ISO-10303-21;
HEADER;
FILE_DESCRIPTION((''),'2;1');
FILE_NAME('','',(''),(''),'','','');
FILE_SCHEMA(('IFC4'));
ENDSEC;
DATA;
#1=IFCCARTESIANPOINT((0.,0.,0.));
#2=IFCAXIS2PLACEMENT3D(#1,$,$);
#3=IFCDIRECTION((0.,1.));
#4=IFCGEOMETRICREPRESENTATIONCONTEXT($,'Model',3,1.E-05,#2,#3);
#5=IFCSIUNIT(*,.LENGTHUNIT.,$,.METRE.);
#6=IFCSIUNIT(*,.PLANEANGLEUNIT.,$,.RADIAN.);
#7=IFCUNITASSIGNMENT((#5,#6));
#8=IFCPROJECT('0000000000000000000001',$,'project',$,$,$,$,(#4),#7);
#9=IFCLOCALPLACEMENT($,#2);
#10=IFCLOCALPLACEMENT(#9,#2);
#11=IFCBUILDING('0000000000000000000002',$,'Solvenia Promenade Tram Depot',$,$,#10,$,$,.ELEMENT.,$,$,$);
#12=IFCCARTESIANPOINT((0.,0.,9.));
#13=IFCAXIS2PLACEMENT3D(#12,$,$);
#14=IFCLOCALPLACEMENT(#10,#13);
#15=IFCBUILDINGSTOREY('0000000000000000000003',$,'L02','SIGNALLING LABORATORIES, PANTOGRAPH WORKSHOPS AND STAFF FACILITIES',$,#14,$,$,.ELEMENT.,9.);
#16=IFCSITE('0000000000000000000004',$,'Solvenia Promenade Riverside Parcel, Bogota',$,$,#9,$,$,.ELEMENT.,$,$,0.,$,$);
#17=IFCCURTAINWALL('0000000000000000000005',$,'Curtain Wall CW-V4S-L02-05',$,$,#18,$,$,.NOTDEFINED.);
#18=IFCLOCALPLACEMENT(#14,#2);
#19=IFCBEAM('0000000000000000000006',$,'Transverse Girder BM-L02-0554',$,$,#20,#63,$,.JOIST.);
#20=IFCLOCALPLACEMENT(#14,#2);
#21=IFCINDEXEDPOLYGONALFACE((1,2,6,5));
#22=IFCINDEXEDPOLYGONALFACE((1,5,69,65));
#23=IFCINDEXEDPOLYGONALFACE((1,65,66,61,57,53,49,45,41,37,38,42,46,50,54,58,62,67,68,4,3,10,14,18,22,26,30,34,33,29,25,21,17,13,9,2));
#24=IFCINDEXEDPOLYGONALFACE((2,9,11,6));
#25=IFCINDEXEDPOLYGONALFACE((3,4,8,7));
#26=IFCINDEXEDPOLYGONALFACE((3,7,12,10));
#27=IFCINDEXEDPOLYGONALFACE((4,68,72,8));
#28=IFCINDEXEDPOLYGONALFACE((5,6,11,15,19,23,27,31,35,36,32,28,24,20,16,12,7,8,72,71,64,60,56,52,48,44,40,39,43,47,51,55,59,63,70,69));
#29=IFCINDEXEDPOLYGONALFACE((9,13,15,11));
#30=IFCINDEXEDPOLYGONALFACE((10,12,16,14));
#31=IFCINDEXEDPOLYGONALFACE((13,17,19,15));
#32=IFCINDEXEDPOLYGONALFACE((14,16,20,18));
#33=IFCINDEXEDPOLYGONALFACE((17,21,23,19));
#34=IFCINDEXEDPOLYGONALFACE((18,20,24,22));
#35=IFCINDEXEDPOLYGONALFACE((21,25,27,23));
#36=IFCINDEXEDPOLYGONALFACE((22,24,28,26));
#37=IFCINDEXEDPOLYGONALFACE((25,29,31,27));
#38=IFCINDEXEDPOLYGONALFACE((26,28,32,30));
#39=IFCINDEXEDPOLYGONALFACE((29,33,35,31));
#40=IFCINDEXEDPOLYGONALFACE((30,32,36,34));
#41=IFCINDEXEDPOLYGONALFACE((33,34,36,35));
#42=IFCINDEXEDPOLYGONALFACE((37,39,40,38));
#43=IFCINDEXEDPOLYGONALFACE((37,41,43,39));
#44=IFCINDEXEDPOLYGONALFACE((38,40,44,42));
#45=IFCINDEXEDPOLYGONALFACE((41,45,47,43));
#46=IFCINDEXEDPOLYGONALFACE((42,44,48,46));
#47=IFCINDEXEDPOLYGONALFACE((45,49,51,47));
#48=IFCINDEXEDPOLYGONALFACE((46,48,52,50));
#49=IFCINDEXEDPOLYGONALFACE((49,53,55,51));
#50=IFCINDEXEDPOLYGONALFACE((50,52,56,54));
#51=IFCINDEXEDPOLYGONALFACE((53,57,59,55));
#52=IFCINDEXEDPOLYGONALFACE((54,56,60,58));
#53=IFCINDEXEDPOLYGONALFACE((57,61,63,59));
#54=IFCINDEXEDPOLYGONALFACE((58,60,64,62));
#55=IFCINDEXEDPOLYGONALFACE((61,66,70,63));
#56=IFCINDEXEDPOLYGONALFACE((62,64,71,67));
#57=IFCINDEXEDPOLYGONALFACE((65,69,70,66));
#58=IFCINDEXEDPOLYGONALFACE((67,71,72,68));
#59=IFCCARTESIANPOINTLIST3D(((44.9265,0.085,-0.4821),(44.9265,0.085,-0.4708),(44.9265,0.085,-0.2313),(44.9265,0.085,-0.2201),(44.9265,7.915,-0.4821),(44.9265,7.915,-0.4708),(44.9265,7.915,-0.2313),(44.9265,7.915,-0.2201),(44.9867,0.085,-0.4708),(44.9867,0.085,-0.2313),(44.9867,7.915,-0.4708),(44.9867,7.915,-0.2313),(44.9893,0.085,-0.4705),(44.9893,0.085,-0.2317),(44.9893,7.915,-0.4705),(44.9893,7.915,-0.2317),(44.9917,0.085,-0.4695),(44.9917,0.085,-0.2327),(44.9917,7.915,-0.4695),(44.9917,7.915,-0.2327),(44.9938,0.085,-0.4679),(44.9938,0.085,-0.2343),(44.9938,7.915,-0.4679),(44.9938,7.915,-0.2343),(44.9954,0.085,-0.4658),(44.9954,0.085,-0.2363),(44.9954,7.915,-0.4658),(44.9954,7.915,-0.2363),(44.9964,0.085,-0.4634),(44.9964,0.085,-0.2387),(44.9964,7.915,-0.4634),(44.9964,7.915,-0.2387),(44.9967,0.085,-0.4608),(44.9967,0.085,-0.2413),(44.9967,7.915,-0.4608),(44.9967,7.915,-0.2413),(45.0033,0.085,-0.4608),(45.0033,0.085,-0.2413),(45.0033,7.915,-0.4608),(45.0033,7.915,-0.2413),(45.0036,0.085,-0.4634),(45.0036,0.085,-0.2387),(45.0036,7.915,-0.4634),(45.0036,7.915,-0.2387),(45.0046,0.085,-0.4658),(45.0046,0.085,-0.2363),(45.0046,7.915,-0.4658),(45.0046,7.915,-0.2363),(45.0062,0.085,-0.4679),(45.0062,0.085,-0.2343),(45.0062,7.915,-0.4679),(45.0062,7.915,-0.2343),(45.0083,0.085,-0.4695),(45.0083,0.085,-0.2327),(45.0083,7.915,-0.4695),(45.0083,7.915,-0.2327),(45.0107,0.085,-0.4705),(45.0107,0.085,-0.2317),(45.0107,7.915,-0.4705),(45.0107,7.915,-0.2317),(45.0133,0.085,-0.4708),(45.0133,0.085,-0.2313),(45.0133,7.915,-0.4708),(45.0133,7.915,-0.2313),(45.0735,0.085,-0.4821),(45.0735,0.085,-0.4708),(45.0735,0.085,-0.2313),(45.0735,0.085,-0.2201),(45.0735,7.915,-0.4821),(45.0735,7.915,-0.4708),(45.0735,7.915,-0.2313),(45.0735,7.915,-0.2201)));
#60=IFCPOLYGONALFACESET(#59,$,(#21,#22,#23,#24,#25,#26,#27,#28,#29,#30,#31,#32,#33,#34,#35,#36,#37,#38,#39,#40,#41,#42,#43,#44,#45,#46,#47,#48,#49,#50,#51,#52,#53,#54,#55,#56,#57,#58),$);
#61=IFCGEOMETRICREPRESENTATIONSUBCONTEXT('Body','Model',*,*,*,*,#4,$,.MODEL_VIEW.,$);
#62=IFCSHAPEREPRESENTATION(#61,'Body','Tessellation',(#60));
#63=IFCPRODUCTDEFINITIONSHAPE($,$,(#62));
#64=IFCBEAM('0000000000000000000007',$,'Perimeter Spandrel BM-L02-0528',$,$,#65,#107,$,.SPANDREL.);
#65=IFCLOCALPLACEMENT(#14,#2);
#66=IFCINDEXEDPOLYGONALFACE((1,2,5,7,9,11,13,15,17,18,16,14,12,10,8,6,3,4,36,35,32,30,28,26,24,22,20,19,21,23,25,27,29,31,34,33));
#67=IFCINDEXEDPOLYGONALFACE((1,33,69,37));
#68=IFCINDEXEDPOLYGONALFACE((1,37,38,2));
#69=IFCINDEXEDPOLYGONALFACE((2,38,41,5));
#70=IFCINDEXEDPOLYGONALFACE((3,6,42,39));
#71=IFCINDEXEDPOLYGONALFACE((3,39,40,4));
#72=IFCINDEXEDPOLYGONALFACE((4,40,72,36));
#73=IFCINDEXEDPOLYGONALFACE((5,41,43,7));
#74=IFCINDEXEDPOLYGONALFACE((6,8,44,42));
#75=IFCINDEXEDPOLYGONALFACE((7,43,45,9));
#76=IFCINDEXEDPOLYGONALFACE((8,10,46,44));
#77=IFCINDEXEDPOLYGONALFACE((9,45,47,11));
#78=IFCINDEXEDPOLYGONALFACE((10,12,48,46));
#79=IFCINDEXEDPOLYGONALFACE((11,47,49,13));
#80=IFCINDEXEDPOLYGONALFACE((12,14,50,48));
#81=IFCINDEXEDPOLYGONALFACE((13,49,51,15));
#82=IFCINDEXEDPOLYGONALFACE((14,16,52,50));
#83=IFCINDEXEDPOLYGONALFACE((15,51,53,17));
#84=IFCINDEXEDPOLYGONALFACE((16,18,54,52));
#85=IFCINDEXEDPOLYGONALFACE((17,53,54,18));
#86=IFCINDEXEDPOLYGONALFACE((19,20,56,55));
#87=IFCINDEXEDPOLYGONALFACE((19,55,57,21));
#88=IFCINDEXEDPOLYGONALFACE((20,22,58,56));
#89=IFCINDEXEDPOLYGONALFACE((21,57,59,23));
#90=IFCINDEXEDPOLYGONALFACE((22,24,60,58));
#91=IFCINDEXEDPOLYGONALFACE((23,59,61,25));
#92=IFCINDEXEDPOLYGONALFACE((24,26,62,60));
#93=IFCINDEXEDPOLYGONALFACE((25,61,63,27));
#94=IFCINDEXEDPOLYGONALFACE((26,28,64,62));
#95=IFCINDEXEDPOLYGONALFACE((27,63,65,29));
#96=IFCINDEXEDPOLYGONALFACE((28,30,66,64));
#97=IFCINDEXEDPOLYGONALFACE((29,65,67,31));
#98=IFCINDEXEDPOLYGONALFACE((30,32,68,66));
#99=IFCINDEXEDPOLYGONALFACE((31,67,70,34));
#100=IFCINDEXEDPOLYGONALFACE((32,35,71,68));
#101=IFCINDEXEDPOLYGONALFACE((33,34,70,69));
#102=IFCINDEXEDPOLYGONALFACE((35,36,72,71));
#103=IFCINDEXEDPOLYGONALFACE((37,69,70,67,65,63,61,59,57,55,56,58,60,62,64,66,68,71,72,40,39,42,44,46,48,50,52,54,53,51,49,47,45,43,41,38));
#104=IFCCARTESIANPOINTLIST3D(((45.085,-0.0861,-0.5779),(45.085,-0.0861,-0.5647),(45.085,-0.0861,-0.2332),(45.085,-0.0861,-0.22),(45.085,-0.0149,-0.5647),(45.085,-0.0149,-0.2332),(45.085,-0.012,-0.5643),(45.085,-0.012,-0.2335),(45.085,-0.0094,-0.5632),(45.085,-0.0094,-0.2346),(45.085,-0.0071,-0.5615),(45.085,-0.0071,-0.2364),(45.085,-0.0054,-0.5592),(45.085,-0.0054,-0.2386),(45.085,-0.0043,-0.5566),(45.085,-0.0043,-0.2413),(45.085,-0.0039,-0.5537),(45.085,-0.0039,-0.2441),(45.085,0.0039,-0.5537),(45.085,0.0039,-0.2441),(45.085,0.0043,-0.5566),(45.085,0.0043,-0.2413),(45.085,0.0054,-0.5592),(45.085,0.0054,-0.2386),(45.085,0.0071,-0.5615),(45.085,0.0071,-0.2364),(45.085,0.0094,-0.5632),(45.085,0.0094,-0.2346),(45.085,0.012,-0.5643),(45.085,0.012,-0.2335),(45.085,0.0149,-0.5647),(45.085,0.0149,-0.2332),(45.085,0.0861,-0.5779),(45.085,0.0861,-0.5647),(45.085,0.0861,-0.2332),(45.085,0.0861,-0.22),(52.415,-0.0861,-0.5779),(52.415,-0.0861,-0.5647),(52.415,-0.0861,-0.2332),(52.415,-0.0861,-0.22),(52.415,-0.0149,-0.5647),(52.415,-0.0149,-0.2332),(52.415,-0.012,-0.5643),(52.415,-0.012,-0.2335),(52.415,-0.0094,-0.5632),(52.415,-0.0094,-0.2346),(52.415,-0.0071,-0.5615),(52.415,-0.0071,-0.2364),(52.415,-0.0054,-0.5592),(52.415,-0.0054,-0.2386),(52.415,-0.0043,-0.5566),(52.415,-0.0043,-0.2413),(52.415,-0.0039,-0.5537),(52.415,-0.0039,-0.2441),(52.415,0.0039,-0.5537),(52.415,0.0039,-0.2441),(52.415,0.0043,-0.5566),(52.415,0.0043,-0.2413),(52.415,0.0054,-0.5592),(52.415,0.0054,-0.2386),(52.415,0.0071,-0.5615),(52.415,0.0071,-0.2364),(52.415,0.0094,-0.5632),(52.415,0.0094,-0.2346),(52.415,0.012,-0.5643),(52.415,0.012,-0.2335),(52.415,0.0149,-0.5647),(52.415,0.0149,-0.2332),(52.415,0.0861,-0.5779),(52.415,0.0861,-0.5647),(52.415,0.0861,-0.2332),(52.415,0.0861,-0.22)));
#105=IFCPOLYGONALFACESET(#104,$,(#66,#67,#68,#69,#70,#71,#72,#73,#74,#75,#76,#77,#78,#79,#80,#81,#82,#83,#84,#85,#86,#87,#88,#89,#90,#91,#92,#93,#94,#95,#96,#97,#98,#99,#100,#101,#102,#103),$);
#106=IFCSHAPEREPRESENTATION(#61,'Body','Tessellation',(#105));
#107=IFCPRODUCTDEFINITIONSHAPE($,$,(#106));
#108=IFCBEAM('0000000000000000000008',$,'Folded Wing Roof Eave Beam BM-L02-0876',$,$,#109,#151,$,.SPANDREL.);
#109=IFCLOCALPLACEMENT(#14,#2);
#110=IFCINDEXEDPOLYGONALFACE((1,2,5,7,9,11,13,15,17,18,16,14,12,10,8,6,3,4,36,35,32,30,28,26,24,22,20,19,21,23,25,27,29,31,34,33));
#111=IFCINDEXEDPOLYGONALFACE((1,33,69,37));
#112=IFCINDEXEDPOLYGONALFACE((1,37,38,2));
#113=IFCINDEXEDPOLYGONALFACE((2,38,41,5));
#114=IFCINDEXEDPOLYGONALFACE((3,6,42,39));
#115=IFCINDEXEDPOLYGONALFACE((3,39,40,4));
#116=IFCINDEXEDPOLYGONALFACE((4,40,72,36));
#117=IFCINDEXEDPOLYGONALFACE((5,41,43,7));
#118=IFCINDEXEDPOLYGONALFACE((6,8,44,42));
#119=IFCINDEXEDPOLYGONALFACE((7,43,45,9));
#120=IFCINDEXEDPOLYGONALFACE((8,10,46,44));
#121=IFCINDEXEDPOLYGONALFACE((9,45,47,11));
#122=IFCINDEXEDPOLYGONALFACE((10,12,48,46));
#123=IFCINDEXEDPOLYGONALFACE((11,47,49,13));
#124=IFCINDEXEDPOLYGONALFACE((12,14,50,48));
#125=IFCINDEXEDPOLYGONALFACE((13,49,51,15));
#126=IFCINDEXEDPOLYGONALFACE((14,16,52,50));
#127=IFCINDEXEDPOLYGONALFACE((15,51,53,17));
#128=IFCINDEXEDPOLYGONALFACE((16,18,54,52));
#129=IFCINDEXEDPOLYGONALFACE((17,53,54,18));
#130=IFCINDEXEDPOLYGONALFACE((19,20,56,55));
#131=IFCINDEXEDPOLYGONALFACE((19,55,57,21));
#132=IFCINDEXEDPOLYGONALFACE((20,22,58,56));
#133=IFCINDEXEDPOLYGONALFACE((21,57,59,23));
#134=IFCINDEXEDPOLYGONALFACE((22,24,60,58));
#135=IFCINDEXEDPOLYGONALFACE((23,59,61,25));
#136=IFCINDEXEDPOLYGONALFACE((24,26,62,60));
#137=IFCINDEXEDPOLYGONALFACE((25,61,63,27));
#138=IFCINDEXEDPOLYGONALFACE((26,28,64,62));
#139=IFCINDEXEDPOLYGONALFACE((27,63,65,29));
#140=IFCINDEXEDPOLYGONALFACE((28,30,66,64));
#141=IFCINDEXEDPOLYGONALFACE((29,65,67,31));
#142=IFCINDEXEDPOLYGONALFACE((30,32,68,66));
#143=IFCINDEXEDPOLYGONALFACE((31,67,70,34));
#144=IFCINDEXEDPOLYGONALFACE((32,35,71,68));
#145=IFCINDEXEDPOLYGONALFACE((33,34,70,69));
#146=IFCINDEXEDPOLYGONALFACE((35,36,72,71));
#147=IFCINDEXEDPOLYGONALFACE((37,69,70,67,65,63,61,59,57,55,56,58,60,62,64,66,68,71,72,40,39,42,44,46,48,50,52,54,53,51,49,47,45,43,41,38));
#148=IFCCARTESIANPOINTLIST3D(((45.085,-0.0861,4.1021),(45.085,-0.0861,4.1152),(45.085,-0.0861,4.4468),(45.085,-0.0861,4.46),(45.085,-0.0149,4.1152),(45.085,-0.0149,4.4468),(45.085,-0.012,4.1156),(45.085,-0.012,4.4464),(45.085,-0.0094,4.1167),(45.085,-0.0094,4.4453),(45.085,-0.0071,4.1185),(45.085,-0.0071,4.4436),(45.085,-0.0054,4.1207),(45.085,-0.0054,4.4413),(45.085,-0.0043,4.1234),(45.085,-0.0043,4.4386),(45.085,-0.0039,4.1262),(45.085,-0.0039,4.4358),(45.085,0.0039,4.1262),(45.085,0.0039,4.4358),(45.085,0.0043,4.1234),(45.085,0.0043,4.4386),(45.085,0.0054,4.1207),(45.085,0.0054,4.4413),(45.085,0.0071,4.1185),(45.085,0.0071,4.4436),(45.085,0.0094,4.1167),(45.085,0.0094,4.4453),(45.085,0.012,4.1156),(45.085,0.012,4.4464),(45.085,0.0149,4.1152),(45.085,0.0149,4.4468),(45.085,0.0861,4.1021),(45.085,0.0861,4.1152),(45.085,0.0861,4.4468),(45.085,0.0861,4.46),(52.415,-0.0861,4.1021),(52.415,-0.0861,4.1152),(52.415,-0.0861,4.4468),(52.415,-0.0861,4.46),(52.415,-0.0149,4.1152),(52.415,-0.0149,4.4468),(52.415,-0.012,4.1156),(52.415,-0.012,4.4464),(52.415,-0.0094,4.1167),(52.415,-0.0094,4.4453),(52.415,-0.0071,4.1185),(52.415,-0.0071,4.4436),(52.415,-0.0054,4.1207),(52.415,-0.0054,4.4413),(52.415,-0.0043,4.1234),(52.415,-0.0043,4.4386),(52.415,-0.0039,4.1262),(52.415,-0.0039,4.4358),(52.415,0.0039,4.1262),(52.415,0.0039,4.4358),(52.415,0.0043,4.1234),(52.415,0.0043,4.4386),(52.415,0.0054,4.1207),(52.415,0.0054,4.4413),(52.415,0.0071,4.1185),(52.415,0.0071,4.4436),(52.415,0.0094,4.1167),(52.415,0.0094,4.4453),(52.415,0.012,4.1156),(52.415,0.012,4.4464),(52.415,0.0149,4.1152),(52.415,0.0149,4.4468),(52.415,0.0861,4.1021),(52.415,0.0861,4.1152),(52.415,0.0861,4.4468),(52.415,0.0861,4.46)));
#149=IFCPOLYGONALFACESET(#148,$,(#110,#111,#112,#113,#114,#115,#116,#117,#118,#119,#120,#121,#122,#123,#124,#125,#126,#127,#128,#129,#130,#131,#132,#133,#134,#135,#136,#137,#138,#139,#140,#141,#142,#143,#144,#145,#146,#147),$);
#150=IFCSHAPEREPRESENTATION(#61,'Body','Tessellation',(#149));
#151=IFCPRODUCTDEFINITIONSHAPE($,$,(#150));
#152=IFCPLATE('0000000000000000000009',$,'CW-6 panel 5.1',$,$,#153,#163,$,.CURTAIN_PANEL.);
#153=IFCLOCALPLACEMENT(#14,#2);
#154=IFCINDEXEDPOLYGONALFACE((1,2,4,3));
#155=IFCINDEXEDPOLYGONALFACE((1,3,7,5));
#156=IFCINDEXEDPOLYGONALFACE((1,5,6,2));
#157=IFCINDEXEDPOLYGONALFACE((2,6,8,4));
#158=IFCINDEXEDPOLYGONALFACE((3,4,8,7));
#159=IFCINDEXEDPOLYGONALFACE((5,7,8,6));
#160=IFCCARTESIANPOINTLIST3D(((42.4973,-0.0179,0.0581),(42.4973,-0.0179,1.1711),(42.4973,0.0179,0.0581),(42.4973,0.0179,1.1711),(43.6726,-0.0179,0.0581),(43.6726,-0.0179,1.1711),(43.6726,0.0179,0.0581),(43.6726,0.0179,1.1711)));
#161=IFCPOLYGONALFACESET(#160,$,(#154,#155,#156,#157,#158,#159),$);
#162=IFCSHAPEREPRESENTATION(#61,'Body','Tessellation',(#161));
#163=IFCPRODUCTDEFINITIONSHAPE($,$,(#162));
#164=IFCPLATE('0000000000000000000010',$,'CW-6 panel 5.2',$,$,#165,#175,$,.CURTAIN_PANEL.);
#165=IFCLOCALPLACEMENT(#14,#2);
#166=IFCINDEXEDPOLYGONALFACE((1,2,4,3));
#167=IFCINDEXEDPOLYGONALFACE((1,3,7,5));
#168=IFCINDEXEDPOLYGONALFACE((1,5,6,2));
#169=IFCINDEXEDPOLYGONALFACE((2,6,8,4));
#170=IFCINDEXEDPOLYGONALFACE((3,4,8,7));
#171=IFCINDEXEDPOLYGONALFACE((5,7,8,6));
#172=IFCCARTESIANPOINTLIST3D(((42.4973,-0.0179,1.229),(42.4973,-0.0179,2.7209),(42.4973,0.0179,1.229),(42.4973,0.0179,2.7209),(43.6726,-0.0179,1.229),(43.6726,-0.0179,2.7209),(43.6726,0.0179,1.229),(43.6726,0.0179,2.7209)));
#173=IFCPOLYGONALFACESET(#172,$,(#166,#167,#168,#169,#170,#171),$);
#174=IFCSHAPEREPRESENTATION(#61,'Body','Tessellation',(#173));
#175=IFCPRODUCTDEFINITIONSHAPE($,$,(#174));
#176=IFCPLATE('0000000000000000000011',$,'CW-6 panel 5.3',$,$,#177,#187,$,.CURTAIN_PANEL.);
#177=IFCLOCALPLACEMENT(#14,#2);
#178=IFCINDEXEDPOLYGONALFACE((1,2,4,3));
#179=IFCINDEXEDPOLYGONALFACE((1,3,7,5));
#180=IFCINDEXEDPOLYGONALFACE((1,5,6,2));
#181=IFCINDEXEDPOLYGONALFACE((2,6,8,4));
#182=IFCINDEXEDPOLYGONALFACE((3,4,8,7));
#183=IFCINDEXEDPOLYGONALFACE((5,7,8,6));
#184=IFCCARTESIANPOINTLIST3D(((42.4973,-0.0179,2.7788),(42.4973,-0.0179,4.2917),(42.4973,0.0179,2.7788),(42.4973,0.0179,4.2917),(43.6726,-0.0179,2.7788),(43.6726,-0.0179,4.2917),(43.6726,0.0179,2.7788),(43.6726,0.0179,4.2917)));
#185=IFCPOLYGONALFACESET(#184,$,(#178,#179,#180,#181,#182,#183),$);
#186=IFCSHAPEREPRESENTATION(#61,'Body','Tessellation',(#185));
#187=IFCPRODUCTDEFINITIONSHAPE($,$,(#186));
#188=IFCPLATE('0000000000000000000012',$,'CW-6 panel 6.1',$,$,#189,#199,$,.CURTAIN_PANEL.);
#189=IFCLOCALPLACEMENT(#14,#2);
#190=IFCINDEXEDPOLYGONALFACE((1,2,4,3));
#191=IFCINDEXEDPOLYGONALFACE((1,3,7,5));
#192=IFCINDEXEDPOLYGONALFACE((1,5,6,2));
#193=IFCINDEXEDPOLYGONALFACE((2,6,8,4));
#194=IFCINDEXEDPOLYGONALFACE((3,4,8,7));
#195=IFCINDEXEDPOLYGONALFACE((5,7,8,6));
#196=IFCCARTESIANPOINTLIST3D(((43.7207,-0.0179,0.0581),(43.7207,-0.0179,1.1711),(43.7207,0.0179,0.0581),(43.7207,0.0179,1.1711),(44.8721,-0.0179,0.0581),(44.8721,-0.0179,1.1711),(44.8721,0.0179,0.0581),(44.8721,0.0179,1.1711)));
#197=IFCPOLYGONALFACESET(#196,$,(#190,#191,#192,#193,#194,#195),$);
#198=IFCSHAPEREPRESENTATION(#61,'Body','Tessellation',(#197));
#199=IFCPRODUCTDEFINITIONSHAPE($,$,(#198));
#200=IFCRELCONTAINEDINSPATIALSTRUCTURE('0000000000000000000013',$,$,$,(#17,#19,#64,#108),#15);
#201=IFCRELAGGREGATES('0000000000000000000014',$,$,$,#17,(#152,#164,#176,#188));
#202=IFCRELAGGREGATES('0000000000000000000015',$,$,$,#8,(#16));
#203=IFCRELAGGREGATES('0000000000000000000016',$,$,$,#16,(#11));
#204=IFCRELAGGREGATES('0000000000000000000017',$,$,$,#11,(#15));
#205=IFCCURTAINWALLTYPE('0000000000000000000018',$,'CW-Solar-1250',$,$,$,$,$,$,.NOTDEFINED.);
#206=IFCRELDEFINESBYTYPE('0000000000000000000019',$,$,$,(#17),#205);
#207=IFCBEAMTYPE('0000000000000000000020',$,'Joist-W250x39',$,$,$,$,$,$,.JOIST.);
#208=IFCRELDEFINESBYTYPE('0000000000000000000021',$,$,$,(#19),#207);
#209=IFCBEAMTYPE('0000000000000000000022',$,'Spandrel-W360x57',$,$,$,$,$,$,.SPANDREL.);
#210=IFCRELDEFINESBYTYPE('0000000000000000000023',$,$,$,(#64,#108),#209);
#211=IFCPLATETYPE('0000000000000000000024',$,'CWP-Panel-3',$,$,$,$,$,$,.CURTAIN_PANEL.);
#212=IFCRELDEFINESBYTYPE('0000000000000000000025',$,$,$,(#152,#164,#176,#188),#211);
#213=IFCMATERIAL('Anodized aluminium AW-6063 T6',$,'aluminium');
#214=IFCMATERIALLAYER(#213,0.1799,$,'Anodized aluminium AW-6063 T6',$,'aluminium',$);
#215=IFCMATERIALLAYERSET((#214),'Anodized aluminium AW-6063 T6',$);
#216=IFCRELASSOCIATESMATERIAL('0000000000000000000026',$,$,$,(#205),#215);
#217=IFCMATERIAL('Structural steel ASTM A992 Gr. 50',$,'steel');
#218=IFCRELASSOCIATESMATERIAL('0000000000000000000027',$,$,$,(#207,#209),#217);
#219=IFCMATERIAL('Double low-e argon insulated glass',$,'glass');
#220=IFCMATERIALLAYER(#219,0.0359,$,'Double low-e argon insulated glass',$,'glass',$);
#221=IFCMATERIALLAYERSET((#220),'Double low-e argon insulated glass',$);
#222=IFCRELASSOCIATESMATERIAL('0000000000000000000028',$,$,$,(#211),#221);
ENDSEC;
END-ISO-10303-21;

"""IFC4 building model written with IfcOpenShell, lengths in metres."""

from ifc_helpers import new_model, si_unit, direction, frame, origin, origin_2d, place, context, subcontext, project, spatial, rectangle, i_section, extrude, material, layer, layer_set, material_profile, profile_set, type_object, element, aggregate, save


model = new_model("IFC4")

# Units and contexts
model_context = context("Model", 3, precision=1e-05, world=origin(), true_north=direction((0.0, 1.0)))
body_context = subcontext(model_context, "Body", "Model", "MODEL_VIEW")
ifc_project = project(units=[si_unit("LENGTHUNIT", "METRE"), si_unit("PLANEANGLEUNIT", "RADIAN")], contexts=[model_context])

# Site, building, storey
site_placement = place(None, origin())
site = spatial("IfcSite", under=ifc_project, at=site_placement, Name="Solvenia Promenade Riverside Parcel, Bogota", CompositionType="ELEMENT", RefElevation=0.0)
building_placement = place(site_placement, origin())
building = spatial("IfcBuilding", under=site, at=building_placement, Name="Solvenia Promenade Tram Depot", CompositionType="ELEMENT")
storey_placement = place(building_placement, frame((0.0, 0.0, 9.0)))
storey = spatial("IfcBuildingStorey", under=building, at=storey_placement, Name="L02", Description="SIGNALLING LABORATORIES, PANTOGRAPH WORKSHOPS AND STAFF FACILITIES", CompositionType="ELEMENT", Elevation=9.0)

# Shared definitions
ifc_material_1 = material(Name="Structural steel ASTM A992 Gr. 50", Category="steel")

# Curtain wall
ifc_material_2 = material(Name="Anodized aluminium AW-6063 T6", Category="aluminium")
ifc_layer_1 = layer(ifc_material_2, 0.1799, Name="Anodized aluminium AW-6063 T6", Category="aluminium")
ifc_layer_set_1 = layer_set([ifc_layer_1], Name="Anodized aluminium AW-6063 T6")
curtain_wall_type_1 = type_object("IfcCurtainWallType", Name="CW-Solar-1250", PredefinedType="NOTDEFINED", material=ifc_layer_set_1)
curtain_wall_1_placement = place(storey_placement, origin())
curtain_wall_1 = element("IfcCurtainWall", 1, at=curtain_wall_1_placement, inside=storey, type_object=curtain_wall_type_1, Name="Curtain Wall CW-V4S-L02-05", PredefinedType="NOTDEFINED")

# Beams
ifc_material_profile_1 = material_profile(ifc_material_1, i_section(OverallWidth=0.147, OverallDepth=0.262, WebThickness=0.0066, FlangeThickness=0.0112, FilletRadius=0.01, at=origin_2d()), Name="W250x39", Category="steel")
ifc_profile_set_1 = profile_set([ifc_material_profile_1], Name="Structural steel ASTM A992 Gr. 50")
beam_type_1 = type_object("IfcBeamType", Name="Joist-W250x39", PredefinedType="JOIST", material=ifc_profile_set_1)
beam_1_placement = place(storey_placement, frame((45.0, 0.085, -0.3511), z_axis=(0.0, 1.0, 0.0), x_axis=(-1.0, 0.0, 0.0)))
element("IfcBeam", 2, at=beam_1_placement, inside=storey, type_object=beam_type_1, Name="Transverse Girder BM-L02-0554", PredefinedType="JOIST", context=body_context, shape_type="SweptSolid", body=[
    extrude(i_section(OverallWidth=0.147, OverallDepth=0.262, WebThickness=0.0066, FlangeThickness=0.0112, FilletRadius=0.01, at=origin_2d()), origin(), (0.0, 0.0, 1.0), 7.8301),
])
ifc_material_profile_2 = material_profile(ifc_material_1, i_section(OverallWidth=0.1721, OverallDepth=0.3579, WebThickness=0.0078, FlangeThickness=0.0132, FilletRadius=0.011, at=origin_2d()), Name="W360x57", Category="steel")
ifc_profile_set_2 = profile_set([ifc_material_profile_2], Name="Structural steel ASTM A992 Gr. 50")
beam_type_2 = type_object("IfcBeamType", Name="Spandrel-W360x57", PredefinedType="SPANDREL", material=ifc_profile_set_2)
for number, where, z_axis, x_axis, name in (
    (3, (45.085, 0.0, -0.3989), (1.0, 0.0, 0.0), (0.0, 1.0, 0.0), "Perimeter Spandrel BM-L02-0528"),
    (4, (45.085, 0.0, 4.281), (1.0, 0.0, 0.0), (0.0, 1.0, 0.0), "Folded Wing Roof Eave Beam BM-L02-0876"),
):
    element("IfcBeam", number, at=place(storey_placement, frame(where, z_axis=z_axis, x_axis=x_axis)), inside=storey, type_object=beam_type_2, Name=name, PredefinedType="SPANDREL", context=body_context, shape_type="SweptSolid", body=[
        extrude(i_section(OverallWidth=0.1721, OverallDepth=0.3579, WebThickness=0.0078, FlangeThickness=0.0132, FilletRadius=0.011, at=origin_2d()), origin(), (0.0, 0.0, 1.0), 7.3301),
    ])

# Plates
ifc_material_3 = material(Name="Double low-e argon insulated glass", Category="glass")
ifc_layer_2 = layer(ifc_material_3, 0.0359, Name="Double low-e argon insulated glass", Category="glass")
ifc_layer_set_2 = layer_set([ifc_layer_2], Name="Double low-e argon insulated glass")
plate_type = type_object("IfcPlateType", Name="CWP-Panel-3", PredefinedType="CURTAIN_PANEL", material=ifc_layer_set_2)
plate_1_placement = place(storey_placement, frame((43.085, 0.0, 0.0581), z_axis=(0.0, 0.0, 1.0), x_axis=(1.0, 0.0, 0.0)))
plate_1 = element("IfcPlate", 5, at=plate_1_placement, type_object=plate_type, Name="CW-6 panel 5.1", PredefinedType="CURTAIN_PANEL", context=body_context, shape_type="SweptSolid", body=[
    extrude(rectangle(XDim=1.1753, YDim=0.0359, at=origin_2d()), origin(), (0.0, 0.0, 1.0), 1.113),
])
plate_2_placement = place(storey_placement, frame((43.085, 0.0, 1.229), z_axis=(0.0, 0.0, 1.0), x_axis=(1.0, 0.0, 0.0)))
plate_2 = element("IfcPlate", 6, at=plate_2_placement, type_object=plate_type, Name="CW-6 panel 5.2", PredefinedType="CURTAIN_PANEL", context=body_context, shape_type="SweptSolid", body=[
    extrude(rectangle(XDim=1.1753, YDim=0.0359, at=origin_2d()), origin(), (0.0, 0.0, 1.0), 1.4919),
])
plate_3_placement = place(storey_placement, frame((43.085, 0.0, 2.7788), z_axis=(0.0, 0.0, 1.0), x_axis=(1.0, 0.0, 0.0)))
plate_3 = element("IfcPlate", 7, at=plate_3_placement, type_object=plate_type, Name="CW-6 panel 5.3", PredefinedType="CURTAIN_PANEL", context=body_context, shape_type="SweptSolid", body=[
    extrude(rectangle(XDim=1.1753, YDim=0.0359, at=origin_2d()), origin(), (0.0, 0.0, 1.0), 1.5129),
])
plate_4_placement = place(storey_placement, frame((44.2964, 0.0, 0.0581), z_axis=(0.0, 0.0, 1.0), x_axis=(1.0, 0.0, 0.0)))
plate_4 = element("IfcPlate", 8, at=plate_4_placement, type_object=plate_type, Name="CW-6 panel 6.1", PredefinedType="CURTAIN_PANEL", context=body_context, shape_type="SweptSolid", body=[
    extrude(rectangle(XDim=1.1514, YDim=0.0359, at=origin_2d()), origin(), (0.0, 0.0, 1.0), 1.113),
])
aggregate(curtain_wall_1, [plate_1, plate_2, plate_3, plate_4])

save(model, "model.ifc")
